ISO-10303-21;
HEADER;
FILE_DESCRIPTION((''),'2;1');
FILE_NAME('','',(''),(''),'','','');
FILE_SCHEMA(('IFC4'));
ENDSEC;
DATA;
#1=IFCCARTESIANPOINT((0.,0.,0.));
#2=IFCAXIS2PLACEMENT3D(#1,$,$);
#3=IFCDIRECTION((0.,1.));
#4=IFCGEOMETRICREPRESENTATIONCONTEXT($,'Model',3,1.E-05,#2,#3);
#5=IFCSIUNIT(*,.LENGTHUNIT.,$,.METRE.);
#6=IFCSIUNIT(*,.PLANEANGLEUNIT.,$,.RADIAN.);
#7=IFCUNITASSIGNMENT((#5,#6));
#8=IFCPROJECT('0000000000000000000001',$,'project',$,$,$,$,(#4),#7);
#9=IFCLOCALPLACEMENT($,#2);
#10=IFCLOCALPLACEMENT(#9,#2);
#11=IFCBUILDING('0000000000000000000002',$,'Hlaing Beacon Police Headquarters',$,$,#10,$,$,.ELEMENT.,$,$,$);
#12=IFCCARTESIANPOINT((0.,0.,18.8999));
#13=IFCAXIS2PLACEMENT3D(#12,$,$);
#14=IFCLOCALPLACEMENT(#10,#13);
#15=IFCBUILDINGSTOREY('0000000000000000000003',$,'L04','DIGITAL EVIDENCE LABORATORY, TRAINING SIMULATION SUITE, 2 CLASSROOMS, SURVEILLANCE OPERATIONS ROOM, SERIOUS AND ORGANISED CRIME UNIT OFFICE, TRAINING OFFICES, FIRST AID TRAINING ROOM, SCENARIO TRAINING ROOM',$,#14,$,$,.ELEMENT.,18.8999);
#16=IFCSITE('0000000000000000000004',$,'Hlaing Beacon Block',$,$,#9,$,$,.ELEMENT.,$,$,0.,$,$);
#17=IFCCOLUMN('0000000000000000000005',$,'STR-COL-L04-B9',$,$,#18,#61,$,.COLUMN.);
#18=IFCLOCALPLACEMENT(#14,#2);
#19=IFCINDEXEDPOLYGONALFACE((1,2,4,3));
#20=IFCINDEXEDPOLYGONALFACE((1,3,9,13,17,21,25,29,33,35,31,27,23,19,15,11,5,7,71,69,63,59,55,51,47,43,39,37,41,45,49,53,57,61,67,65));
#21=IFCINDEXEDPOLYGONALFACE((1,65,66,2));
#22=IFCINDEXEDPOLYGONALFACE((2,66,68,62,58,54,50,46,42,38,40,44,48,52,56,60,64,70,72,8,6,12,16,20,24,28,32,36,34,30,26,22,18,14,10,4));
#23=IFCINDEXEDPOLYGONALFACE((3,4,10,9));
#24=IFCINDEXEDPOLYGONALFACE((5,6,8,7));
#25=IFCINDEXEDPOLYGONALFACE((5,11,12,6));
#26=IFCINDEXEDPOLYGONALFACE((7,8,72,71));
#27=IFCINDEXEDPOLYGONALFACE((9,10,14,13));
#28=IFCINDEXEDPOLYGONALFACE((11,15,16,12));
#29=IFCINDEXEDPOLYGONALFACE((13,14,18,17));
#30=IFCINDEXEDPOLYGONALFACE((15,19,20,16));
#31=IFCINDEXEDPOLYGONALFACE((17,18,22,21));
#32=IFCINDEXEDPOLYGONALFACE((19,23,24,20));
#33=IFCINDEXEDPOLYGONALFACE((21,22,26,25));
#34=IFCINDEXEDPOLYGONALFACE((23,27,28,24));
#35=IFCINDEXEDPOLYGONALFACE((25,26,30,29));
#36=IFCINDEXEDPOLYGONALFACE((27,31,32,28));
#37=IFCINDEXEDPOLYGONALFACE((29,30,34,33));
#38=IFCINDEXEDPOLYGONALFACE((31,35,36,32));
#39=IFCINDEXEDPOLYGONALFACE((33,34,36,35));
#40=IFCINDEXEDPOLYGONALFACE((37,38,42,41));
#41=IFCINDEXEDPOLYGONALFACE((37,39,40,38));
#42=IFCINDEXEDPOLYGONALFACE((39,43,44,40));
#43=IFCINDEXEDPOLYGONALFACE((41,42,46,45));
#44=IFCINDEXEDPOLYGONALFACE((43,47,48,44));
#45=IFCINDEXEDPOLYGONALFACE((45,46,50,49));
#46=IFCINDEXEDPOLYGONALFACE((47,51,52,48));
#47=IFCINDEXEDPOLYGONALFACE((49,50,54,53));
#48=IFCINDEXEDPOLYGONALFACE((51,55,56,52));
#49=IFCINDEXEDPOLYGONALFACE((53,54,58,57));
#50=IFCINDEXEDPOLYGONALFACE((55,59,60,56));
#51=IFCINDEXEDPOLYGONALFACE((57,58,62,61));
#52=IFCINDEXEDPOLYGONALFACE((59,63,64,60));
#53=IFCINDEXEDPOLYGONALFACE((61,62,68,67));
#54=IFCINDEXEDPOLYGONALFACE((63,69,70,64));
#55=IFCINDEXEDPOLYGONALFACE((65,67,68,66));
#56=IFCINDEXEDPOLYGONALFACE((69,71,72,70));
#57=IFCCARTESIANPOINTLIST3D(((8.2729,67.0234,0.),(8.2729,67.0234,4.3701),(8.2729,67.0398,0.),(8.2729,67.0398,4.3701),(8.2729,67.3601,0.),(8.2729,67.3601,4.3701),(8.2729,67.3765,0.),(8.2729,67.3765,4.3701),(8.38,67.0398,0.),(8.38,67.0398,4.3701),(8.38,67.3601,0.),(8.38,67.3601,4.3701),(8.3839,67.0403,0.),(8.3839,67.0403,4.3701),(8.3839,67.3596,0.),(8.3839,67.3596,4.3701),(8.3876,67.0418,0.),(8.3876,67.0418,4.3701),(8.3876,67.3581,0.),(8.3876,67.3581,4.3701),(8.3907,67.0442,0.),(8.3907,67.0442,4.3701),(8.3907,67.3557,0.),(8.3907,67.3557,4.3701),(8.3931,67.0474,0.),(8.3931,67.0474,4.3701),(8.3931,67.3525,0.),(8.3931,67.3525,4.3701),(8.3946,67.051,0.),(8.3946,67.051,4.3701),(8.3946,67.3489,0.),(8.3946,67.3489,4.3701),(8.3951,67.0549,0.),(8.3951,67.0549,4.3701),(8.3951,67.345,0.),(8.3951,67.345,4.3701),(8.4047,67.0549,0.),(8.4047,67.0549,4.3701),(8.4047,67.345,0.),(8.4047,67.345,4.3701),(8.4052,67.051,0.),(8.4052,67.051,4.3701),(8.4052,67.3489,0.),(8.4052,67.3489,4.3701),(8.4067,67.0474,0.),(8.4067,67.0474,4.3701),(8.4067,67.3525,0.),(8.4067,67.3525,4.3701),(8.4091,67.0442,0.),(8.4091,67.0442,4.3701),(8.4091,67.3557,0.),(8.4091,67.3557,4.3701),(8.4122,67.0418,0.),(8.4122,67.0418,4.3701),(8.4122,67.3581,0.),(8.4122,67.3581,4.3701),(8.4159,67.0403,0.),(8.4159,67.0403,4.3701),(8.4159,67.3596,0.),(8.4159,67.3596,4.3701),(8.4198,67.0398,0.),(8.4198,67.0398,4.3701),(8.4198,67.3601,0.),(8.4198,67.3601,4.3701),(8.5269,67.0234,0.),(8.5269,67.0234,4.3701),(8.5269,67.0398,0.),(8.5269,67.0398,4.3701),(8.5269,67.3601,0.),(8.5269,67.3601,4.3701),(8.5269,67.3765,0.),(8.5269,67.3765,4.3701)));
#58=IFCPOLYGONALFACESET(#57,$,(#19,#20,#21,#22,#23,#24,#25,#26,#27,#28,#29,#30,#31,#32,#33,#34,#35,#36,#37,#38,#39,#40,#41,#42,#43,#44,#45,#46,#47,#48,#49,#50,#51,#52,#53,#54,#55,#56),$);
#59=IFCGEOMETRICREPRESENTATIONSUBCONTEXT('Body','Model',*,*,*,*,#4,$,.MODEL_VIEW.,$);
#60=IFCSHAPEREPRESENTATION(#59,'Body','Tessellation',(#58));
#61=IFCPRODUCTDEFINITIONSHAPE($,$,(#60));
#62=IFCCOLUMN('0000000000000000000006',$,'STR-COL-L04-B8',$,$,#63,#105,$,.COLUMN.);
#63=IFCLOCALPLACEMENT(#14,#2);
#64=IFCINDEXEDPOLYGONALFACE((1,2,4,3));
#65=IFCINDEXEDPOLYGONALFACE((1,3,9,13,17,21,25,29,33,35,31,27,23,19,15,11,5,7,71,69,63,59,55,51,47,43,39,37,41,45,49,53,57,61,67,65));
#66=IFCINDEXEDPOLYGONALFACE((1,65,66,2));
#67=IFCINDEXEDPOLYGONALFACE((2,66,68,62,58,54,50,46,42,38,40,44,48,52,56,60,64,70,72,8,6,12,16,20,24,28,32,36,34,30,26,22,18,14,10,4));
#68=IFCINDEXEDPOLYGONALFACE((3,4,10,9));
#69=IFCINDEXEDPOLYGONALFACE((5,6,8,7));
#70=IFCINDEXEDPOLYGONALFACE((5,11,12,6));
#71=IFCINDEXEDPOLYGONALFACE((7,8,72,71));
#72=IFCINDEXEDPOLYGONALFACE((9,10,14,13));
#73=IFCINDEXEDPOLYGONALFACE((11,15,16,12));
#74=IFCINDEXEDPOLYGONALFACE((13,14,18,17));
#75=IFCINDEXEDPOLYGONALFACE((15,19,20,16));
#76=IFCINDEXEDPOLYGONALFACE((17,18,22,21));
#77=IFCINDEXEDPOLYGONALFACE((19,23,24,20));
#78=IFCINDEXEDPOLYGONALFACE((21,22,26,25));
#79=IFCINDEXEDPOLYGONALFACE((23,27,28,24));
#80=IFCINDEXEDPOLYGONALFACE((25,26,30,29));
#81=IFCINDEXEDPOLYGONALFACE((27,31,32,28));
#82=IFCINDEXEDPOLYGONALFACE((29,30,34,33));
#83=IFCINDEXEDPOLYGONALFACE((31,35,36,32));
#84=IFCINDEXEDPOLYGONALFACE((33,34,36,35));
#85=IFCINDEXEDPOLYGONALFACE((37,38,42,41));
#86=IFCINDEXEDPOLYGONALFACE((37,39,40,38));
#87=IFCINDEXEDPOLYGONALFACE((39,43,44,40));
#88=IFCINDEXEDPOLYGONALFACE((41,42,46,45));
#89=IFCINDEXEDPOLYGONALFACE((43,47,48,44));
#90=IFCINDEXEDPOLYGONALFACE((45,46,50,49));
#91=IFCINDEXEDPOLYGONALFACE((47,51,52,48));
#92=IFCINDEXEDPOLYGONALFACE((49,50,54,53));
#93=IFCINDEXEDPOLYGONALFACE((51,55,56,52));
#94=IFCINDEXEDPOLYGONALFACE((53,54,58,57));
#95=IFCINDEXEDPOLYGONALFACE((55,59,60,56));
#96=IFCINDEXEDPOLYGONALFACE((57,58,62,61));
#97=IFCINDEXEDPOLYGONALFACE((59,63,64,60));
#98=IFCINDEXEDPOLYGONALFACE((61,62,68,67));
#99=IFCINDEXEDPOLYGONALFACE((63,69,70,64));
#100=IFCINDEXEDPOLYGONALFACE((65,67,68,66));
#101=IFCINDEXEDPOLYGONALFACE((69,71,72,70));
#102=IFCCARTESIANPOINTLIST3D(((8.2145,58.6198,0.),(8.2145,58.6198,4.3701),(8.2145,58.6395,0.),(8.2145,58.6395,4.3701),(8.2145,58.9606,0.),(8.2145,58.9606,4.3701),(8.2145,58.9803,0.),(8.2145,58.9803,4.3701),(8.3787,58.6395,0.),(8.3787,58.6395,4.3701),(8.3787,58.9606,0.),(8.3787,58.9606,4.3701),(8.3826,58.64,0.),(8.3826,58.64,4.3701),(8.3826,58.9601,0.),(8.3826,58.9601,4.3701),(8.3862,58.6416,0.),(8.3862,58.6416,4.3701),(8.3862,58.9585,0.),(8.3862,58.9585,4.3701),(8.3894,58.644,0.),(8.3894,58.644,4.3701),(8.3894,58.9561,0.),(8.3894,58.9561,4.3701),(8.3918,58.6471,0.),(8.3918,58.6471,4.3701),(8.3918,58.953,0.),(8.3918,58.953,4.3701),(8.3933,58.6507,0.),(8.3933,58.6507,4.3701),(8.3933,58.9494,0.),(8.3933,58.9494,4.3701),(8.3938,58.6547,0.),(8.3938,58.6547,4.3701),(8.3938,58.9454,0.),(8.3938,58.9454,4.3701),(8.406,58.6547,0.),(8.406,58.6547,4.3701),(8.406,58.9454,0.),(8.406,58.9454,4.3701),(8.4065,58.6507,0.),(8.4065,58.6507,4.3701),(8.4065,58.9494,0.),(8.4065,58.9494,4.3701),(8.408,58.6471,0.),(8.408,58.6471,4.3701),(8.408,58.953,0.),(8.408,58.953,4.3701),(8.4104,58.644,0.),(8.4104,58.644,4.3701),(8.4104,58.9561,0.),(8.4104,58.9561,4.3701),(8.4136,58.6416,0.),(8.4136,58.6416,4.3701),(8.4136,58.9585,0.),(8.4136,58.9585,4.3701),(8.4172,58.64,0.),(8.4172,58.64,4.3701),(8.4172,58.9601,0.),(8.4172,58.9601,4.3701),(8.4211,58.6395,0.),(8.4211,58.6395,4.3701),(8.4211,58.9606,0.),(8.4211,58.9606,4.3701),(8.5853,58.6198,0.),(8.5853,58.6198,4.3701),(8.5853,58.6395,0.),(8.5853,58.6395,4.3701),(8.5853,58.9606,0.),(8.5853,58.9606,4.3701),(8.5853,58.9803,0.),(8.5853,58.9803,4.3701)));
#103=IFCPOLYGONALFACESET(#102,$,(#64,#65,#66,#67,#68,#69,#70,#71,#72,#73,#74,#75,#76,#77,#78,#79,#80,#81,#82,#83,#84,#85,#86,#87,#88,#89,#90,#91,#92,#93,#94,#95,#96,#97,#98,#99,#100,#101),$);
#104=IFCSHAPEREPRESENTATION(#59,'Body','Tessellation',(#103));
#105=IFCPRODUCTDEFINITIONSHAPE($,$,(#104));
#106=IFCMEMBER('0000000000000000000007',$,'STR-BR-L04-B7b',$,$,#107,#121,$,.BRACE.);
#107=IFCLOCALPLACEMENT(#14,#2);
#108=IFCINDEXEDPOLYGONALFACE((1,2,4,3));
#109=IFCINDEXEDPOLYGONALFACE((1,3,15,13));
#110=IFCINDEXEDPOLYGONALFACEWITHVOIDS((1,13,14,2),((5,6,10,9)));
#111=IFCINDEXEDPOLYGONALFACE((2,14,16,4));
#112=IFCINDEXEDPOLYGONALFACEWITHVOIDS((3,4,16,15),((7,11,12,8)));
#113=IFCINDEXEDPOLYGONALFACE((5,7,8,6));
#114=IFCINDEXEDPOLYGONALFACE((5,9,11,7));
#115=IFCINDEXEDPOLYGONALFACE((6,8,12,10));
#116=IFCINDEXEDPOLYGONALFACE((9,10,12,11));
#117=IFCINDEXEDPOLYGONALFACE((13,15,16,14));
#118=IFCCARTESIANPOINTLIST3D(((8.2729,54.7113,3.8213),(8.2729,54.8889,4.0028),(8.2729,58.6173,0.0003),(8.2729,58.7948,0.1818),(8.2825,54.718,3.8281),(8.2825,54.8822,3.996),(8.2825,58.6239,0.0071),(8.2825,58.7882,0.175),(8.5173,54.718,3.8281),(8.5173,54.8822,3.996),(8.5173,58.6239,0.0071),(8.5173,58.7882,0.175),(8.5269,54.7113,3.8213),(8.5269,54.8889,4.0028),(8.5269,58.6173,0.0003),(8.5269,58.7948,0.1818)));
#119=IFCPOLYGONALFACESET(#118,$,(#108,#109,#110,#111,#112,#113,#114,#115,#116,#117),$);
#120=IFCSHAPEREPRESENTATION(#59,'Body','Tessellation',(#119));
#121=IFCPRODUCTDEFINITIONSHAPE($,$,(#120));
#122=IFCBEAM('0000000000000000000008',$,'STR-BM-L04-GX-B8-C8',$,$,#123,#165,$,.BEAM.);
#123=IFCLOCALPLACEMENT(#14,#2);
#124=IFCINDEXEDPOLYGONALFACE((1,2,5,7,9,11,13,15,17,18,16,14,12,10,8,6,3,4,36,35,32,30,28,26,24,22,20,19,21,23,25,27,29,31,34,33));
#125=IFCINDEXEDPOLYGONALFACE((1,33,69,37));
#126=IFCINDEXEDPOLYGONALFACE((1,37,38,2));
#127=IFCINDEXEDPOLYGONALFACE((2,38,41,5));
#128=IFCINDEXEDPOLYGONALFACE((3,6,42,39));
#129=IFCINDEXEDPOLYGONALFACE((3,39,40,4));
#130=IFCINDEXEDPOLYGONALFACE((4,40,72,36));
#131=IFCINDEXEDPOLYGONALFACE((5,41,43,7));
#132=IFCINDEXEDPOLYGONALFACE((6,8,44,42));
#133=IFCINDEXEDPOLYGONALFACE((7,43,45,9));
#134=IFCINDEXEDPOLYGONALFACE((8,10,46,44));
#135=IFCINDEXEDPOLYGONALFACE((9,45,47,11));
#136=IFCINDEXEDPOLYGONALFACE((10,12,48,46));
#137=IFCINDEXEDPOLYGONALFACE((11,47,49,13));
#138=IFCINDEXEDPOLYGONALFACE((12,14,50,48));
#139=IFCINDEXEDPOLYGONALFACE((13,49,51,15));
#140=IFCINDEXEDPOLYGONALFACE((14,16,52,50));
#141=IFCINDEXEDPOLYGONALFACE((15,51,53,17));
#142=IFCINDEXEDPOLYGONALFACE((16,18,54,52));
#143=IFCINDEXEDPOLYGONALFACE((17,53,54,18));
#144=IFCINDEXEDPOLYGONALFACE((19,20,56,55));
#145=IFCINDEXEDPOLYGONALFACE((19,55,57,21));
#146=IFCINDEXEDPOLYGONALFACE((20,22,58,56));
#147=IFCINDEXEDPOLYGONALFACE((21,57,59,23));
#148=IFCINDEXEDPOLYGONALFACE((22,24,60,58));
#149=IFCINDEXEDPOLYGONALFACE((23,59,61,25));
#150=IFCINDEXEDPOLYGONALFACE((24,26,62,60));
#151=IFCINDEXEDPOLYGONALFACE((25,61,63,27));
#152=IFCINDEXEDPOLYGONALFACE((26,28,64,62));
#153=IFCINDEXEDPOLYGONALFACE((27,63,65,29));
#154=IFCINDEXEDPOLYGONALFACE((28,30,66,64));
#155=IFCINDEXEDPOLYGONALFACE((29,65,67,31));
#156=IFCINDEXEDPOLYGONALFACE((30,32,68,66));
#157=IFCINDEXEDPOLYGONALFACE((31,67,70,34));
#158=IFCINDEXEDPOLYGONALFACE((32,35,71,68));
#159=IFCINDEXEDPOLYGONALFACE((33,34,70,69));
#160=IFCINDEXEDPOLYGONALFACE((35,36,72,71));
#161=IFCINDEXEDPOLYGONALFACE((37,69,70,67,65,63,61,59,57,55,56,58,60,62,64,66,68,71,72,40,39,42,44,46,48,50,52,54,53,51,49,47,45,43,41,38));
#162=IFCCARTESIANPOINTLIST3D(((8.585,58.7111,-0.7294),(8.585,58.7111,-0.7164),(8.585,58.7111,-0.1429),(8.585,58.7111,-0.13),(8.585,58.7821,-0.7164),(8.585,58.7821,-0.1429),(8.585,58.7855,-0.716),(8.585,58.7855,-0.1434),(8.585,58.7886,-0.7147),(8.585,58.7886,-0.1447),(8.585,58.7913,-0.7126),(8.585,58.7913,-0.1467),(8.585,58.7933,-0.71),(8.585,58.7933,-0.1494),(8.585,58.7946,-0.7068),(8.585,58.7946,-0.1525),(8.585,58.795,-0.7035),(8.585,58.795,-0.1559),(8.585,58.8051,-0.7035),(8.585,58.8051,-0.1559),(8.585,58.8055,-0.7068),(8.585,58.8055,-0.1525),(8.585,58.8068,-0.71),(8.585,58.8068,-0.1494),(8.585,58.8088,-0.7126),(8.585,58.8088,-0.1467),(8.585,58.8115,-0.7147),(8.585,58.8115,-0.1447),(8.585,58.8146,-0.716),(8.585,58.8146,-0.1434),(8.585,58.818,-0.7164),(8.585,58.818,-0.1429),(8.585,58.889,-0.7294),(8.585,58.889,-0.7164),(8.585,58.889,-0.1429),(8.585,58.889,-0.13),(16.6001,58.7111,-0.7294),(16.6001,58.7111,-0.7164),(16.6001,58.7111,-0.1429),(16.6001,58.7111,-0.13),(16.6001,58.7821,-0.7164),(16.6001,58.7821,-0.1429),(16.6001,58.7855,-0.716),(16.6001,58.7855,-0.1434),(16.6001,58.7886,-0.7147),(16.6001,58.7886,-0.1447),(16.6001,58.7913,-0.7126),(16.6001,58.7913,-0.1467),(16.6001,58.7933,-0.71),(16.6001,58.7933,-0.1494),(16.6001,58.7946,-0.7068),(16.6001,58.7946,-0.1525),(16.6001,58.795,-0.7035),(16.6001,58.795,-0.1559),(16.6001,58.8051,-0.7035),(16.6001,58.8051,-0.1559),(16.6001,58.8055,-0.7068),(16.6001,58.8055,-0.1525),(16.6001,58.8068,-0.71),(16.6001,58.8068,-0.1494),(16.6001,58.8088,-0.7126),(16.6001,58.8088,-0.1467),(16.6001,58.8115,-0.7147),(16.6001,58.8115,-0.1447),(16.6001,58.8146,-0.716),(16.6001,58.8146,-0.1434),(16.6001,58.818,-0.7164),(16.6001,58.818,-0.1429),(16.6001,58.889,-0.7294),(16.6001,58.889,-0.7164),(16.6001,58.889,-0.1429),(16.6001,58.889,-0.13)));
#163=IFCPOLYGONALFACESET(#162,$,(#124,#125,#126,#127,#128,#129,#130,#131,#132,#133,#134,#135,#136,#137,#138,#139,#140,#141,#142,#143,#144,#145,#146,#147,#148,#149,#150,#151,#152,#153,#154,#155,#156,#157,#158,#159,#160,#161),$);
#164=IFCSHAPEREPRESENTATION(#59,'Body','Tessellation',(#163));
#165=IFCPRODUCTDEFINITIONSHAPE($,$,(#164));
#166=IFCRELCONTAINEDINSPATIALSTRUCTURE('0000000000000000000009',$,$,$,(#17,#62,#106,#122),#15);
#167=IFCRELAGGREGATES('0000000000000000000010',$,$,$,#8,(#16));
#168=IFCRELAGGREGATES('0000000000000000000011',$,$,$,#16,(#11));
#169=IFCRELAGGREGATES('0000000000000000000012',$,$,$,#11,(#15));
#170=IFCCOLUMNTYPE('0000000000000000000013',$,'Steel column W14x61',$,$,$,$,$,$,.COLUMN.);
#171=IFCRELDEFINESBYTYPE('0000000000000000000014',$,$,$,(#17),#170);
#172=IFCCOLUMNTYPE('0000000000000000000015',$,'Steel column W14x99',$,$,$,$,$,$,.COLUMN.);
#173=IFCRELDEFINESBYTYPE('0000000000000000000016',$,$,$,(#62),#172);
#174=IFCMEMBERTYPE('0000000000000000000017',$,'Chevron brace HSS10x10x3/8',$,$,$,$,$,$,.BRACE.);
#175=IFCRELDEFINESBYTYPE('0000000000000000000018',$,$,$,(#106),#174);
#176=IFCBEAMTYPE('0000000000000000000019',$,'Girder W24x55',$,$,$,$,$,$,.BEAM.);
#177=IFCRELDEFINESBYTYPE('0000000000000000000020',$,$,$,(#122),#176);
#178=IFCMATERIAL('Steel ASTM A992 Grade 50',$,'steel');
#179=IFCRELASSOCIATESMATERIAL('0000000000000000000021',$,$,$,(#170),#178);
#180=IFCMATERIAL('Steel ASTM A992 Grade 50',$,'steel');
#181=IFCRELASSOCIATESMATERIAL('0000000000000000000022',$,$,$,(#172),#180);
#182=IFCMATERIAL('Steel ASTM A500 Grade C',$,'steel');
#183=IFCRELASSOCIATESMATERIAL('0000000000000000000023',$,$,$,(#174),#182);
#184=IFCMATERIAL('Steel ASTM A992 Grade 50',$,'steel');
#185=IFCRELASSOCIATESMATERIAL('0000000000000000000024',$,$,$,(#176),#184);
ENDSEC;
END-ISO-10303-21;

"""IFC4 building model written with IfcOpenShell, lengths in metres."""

from ifc_helpers import new_model, si_unit, direction, frame, origin, origin_2d, place, context, subcontext, project, spatial, hollow_rectangle, i_section, extrude, material, material_profile, profile_set, type_object, element, save


model = new_model("IFC4")

# Units and contexts
model_context = context("Model", 3, precision=1e-05, world=origin(), true_north=direction((0.0, 1.0)))
body_context = subcontext(model_context, "Body", "Model", "MODEL_VIEW")
ifc_project = project(units=[si_unit("LENGTHUNIT", "METRE"), si_unit("PLANEANGLEUNIT", "RADIAN")], contexts=[model_context])

# Site, building, storey
site_placement = place(None, origin())
site = spatial("IfcSite", under=ifc_project, at=site_placement, Name="Hlaing Beacon Block", CompositionType="ELEMENT", RefElevation=0.0)
building_placement = place(site_placement, origin())
building = spatial("IfcBuilding", under=site, at=building_placement, Name="Hlaing Beacon Police Headquarters", CompositionType="ELEMENT")
storey_placement = place(building_placement, frame((0.0, 0.0, 18.8999)))
storey = spatial("IfcBuildingStorey", under=building, at=storey_placement, Name="L04", Description="DIGITAL EVIDENCE LABORATORY, TRAINING SIMULATION SUITE, 2 CLASSROOMS, SURVEILLANCE OPERATIONS ROOM, SERIOUS AND ORGANISED CRIME UNIT OFFICE, TRAINING OFFICES, FIRST AID TRAINING ROOM, SCENARIO TRAINING ROOM", CompositionType="ELEMENT", Elevation=18.8999)

# Columns
ifc_material_1 = material(Name="Steel ASTM A992 Grade 50", Category="steel")
ifc_material_profile_1 = material_profile(ifc_material_1, i_section(OverallWidth=0.2539, OverallDepth=0.353, WebThickness=0.0095, FlangeThickness=0.0164, FilletRadius=0.0151, at=origin_2d()), Name="W14x61")
ifc_profile_set_1 = profile_set([ifc_material_profile_1], Name="Steel ASTM A992 Grade 50")
column_type_1 = type_object("IfcColumnType", Name="Steel column W14x61", PredefinedType="COLUMN", material=ifc_profile_set_1)
column_1_placement = place(storey_placement, frame((8.3999, 67.2, 0.0), z_axis=(0.0, 0.0, 1.0), x_axis=(1.0, 0.0, 0.0)))
element("IfcColumn", 1, at=column_1_placement, inside=storey, type_object=column_type_1, Name="STR-COL-L04-B9", PredefinedType="COLUMN", context=body_context, shape_type="SweptSolid", body=[
    extrude(i_section(OverallWidth=0.2539, OverallDepth=0.353, WebThickness=0.0095, FlangeThickness=0.0164, FilletRadius=0.0151, at=origin_2d()), origin(), (0.0, 0.0, 1.0), 4.3701),
])
ifc_material_2 = material(Name="Steel ASTM A992 Grade 50", Category="steel")
ifc_material_profile_2 = material_profile(ifc_material_2, i_section(OverallWidth=0.3708, OverallDepth=0.3606, WebThickness=0.0122, FlangeThickness=0.0198, FilletRadius=0.0151, at=origin_2d()), Name="W14x99")
ifc_profile_set_2 = profile_set([ifc_material_profile_2], Name="Steel ASTM A992 Grade 50")
column_type_2 = type_object("IfcColumnType", Name="Steel column W14x99", PredefinedType="COLUMN", material=ifc_profile_set_2)
column_2_placement = place(storey_placement, frame((8.3999, 58.8, 0.0), z_axis=(0.0, 0.0, 1.0), x_axis=(1.0, 0.0, 0.0)))
element("IfcColumn", 2, at=column_2_placement, inside=storey, type_object=column_type_2, Name="STR-COL-L04-B8", PredefinedType="COLUMN", context=body_context, shape_type="SweptSolid", body=[
    extrude(i_section(OverallWidth=0.3708, OverallDepth=0.3606, WebThickness=0.0122, FlangeThickness=0.0198, FilletRadius=0.0151, at=origin_2d()), origin(), (0.0, 0.0, 1.0), 4.3701),
])

# Member
ifc_material_3 = material(Name="Steel ASTM A500 Grade C", Category="steel")
ifc_material_profile_3 = material_profile(ifc_material_3, hollow_rectangle(XDim=0.2539, YDim=0.2539, WallThickness=0.0095, at=origin_2d()), Name="HSS10x10x3/8")
ifc_profile_set_3 = profile_set([ifc_material_profile_3], Name="Steel ASTM A500 Grade C")
member_type = type_object("IfcMemberType", Name="Chevron brace HSS10x10x3/8", PredefinedType="BRACE", material=ifc_profile_set_3)
member_placement = place(storey_placement, frame((8.3999, 58.7061, 0.0911), z_axis=(0.0, -0.714838, 0.69929), x_axis=(1.0, 0.0, 0.0)))
element("IfcMember", 3, at=member_placement, inside=storey, type_object=member_type, Name="STR-BR-L04-B7b", PredefinedType="BRACE", context=body_context, shape_type="SweptSolid", body=[
    extrude(hollow_rectangle(XDim=0.2539, YDim=0.2539, WallThickness=0.0095, at=origin_2d()), origin(), (0.0, 0.0, 1.0), 5.4641),
])

# Beam
ifc_material_4 = material(Name="Steel ASTM A992 Grade 50", Category="steel")
ifc_material_profile_4 = material_profile(ifc_material_4, i_section(OverallWidth=0.178, OverallDepth=0.5994, WebThickness=0.01, FlangeThickness=0.0129, FilletRadius=0.0129, at=origin_2d()), Name="W24x55")
ifc_profile_set_4 = profile_set([ifc_material_profile_4], Name="Steel ASTM A992 Grade 50")
beam_type_1 = type_object("IfcBeamType", Name="Girder W24x55", PredefinedType="BEAM", material=ifc_profile_set_4)
beam_1_placement = place(storey_placement, frame((8.585, 58.8, -0.4297), z_axis=(1.0, 0.0, 0.0), x_axis=(0.0, 1.0, 0.0)))
element("IfcBeam", 4, at=beam_1_placement, inside=storey, type_object=beam_type_1, Name="STR-BM-L04-GX-B8-C8", PredefinedType="BEAM", context=body_context, shape_type="SweptSolid", body=[
    extrude(i_section(OverallWidth=0.178, OverallDepth=0.5994, WebThickness=0.01, FlangeThickness=0.0129, FilletRadius=0.0129, at=origin_2d()), origin(), (0.0, 0.0, 1.0), 8.0151),
])

save(model, "model.ifc")
